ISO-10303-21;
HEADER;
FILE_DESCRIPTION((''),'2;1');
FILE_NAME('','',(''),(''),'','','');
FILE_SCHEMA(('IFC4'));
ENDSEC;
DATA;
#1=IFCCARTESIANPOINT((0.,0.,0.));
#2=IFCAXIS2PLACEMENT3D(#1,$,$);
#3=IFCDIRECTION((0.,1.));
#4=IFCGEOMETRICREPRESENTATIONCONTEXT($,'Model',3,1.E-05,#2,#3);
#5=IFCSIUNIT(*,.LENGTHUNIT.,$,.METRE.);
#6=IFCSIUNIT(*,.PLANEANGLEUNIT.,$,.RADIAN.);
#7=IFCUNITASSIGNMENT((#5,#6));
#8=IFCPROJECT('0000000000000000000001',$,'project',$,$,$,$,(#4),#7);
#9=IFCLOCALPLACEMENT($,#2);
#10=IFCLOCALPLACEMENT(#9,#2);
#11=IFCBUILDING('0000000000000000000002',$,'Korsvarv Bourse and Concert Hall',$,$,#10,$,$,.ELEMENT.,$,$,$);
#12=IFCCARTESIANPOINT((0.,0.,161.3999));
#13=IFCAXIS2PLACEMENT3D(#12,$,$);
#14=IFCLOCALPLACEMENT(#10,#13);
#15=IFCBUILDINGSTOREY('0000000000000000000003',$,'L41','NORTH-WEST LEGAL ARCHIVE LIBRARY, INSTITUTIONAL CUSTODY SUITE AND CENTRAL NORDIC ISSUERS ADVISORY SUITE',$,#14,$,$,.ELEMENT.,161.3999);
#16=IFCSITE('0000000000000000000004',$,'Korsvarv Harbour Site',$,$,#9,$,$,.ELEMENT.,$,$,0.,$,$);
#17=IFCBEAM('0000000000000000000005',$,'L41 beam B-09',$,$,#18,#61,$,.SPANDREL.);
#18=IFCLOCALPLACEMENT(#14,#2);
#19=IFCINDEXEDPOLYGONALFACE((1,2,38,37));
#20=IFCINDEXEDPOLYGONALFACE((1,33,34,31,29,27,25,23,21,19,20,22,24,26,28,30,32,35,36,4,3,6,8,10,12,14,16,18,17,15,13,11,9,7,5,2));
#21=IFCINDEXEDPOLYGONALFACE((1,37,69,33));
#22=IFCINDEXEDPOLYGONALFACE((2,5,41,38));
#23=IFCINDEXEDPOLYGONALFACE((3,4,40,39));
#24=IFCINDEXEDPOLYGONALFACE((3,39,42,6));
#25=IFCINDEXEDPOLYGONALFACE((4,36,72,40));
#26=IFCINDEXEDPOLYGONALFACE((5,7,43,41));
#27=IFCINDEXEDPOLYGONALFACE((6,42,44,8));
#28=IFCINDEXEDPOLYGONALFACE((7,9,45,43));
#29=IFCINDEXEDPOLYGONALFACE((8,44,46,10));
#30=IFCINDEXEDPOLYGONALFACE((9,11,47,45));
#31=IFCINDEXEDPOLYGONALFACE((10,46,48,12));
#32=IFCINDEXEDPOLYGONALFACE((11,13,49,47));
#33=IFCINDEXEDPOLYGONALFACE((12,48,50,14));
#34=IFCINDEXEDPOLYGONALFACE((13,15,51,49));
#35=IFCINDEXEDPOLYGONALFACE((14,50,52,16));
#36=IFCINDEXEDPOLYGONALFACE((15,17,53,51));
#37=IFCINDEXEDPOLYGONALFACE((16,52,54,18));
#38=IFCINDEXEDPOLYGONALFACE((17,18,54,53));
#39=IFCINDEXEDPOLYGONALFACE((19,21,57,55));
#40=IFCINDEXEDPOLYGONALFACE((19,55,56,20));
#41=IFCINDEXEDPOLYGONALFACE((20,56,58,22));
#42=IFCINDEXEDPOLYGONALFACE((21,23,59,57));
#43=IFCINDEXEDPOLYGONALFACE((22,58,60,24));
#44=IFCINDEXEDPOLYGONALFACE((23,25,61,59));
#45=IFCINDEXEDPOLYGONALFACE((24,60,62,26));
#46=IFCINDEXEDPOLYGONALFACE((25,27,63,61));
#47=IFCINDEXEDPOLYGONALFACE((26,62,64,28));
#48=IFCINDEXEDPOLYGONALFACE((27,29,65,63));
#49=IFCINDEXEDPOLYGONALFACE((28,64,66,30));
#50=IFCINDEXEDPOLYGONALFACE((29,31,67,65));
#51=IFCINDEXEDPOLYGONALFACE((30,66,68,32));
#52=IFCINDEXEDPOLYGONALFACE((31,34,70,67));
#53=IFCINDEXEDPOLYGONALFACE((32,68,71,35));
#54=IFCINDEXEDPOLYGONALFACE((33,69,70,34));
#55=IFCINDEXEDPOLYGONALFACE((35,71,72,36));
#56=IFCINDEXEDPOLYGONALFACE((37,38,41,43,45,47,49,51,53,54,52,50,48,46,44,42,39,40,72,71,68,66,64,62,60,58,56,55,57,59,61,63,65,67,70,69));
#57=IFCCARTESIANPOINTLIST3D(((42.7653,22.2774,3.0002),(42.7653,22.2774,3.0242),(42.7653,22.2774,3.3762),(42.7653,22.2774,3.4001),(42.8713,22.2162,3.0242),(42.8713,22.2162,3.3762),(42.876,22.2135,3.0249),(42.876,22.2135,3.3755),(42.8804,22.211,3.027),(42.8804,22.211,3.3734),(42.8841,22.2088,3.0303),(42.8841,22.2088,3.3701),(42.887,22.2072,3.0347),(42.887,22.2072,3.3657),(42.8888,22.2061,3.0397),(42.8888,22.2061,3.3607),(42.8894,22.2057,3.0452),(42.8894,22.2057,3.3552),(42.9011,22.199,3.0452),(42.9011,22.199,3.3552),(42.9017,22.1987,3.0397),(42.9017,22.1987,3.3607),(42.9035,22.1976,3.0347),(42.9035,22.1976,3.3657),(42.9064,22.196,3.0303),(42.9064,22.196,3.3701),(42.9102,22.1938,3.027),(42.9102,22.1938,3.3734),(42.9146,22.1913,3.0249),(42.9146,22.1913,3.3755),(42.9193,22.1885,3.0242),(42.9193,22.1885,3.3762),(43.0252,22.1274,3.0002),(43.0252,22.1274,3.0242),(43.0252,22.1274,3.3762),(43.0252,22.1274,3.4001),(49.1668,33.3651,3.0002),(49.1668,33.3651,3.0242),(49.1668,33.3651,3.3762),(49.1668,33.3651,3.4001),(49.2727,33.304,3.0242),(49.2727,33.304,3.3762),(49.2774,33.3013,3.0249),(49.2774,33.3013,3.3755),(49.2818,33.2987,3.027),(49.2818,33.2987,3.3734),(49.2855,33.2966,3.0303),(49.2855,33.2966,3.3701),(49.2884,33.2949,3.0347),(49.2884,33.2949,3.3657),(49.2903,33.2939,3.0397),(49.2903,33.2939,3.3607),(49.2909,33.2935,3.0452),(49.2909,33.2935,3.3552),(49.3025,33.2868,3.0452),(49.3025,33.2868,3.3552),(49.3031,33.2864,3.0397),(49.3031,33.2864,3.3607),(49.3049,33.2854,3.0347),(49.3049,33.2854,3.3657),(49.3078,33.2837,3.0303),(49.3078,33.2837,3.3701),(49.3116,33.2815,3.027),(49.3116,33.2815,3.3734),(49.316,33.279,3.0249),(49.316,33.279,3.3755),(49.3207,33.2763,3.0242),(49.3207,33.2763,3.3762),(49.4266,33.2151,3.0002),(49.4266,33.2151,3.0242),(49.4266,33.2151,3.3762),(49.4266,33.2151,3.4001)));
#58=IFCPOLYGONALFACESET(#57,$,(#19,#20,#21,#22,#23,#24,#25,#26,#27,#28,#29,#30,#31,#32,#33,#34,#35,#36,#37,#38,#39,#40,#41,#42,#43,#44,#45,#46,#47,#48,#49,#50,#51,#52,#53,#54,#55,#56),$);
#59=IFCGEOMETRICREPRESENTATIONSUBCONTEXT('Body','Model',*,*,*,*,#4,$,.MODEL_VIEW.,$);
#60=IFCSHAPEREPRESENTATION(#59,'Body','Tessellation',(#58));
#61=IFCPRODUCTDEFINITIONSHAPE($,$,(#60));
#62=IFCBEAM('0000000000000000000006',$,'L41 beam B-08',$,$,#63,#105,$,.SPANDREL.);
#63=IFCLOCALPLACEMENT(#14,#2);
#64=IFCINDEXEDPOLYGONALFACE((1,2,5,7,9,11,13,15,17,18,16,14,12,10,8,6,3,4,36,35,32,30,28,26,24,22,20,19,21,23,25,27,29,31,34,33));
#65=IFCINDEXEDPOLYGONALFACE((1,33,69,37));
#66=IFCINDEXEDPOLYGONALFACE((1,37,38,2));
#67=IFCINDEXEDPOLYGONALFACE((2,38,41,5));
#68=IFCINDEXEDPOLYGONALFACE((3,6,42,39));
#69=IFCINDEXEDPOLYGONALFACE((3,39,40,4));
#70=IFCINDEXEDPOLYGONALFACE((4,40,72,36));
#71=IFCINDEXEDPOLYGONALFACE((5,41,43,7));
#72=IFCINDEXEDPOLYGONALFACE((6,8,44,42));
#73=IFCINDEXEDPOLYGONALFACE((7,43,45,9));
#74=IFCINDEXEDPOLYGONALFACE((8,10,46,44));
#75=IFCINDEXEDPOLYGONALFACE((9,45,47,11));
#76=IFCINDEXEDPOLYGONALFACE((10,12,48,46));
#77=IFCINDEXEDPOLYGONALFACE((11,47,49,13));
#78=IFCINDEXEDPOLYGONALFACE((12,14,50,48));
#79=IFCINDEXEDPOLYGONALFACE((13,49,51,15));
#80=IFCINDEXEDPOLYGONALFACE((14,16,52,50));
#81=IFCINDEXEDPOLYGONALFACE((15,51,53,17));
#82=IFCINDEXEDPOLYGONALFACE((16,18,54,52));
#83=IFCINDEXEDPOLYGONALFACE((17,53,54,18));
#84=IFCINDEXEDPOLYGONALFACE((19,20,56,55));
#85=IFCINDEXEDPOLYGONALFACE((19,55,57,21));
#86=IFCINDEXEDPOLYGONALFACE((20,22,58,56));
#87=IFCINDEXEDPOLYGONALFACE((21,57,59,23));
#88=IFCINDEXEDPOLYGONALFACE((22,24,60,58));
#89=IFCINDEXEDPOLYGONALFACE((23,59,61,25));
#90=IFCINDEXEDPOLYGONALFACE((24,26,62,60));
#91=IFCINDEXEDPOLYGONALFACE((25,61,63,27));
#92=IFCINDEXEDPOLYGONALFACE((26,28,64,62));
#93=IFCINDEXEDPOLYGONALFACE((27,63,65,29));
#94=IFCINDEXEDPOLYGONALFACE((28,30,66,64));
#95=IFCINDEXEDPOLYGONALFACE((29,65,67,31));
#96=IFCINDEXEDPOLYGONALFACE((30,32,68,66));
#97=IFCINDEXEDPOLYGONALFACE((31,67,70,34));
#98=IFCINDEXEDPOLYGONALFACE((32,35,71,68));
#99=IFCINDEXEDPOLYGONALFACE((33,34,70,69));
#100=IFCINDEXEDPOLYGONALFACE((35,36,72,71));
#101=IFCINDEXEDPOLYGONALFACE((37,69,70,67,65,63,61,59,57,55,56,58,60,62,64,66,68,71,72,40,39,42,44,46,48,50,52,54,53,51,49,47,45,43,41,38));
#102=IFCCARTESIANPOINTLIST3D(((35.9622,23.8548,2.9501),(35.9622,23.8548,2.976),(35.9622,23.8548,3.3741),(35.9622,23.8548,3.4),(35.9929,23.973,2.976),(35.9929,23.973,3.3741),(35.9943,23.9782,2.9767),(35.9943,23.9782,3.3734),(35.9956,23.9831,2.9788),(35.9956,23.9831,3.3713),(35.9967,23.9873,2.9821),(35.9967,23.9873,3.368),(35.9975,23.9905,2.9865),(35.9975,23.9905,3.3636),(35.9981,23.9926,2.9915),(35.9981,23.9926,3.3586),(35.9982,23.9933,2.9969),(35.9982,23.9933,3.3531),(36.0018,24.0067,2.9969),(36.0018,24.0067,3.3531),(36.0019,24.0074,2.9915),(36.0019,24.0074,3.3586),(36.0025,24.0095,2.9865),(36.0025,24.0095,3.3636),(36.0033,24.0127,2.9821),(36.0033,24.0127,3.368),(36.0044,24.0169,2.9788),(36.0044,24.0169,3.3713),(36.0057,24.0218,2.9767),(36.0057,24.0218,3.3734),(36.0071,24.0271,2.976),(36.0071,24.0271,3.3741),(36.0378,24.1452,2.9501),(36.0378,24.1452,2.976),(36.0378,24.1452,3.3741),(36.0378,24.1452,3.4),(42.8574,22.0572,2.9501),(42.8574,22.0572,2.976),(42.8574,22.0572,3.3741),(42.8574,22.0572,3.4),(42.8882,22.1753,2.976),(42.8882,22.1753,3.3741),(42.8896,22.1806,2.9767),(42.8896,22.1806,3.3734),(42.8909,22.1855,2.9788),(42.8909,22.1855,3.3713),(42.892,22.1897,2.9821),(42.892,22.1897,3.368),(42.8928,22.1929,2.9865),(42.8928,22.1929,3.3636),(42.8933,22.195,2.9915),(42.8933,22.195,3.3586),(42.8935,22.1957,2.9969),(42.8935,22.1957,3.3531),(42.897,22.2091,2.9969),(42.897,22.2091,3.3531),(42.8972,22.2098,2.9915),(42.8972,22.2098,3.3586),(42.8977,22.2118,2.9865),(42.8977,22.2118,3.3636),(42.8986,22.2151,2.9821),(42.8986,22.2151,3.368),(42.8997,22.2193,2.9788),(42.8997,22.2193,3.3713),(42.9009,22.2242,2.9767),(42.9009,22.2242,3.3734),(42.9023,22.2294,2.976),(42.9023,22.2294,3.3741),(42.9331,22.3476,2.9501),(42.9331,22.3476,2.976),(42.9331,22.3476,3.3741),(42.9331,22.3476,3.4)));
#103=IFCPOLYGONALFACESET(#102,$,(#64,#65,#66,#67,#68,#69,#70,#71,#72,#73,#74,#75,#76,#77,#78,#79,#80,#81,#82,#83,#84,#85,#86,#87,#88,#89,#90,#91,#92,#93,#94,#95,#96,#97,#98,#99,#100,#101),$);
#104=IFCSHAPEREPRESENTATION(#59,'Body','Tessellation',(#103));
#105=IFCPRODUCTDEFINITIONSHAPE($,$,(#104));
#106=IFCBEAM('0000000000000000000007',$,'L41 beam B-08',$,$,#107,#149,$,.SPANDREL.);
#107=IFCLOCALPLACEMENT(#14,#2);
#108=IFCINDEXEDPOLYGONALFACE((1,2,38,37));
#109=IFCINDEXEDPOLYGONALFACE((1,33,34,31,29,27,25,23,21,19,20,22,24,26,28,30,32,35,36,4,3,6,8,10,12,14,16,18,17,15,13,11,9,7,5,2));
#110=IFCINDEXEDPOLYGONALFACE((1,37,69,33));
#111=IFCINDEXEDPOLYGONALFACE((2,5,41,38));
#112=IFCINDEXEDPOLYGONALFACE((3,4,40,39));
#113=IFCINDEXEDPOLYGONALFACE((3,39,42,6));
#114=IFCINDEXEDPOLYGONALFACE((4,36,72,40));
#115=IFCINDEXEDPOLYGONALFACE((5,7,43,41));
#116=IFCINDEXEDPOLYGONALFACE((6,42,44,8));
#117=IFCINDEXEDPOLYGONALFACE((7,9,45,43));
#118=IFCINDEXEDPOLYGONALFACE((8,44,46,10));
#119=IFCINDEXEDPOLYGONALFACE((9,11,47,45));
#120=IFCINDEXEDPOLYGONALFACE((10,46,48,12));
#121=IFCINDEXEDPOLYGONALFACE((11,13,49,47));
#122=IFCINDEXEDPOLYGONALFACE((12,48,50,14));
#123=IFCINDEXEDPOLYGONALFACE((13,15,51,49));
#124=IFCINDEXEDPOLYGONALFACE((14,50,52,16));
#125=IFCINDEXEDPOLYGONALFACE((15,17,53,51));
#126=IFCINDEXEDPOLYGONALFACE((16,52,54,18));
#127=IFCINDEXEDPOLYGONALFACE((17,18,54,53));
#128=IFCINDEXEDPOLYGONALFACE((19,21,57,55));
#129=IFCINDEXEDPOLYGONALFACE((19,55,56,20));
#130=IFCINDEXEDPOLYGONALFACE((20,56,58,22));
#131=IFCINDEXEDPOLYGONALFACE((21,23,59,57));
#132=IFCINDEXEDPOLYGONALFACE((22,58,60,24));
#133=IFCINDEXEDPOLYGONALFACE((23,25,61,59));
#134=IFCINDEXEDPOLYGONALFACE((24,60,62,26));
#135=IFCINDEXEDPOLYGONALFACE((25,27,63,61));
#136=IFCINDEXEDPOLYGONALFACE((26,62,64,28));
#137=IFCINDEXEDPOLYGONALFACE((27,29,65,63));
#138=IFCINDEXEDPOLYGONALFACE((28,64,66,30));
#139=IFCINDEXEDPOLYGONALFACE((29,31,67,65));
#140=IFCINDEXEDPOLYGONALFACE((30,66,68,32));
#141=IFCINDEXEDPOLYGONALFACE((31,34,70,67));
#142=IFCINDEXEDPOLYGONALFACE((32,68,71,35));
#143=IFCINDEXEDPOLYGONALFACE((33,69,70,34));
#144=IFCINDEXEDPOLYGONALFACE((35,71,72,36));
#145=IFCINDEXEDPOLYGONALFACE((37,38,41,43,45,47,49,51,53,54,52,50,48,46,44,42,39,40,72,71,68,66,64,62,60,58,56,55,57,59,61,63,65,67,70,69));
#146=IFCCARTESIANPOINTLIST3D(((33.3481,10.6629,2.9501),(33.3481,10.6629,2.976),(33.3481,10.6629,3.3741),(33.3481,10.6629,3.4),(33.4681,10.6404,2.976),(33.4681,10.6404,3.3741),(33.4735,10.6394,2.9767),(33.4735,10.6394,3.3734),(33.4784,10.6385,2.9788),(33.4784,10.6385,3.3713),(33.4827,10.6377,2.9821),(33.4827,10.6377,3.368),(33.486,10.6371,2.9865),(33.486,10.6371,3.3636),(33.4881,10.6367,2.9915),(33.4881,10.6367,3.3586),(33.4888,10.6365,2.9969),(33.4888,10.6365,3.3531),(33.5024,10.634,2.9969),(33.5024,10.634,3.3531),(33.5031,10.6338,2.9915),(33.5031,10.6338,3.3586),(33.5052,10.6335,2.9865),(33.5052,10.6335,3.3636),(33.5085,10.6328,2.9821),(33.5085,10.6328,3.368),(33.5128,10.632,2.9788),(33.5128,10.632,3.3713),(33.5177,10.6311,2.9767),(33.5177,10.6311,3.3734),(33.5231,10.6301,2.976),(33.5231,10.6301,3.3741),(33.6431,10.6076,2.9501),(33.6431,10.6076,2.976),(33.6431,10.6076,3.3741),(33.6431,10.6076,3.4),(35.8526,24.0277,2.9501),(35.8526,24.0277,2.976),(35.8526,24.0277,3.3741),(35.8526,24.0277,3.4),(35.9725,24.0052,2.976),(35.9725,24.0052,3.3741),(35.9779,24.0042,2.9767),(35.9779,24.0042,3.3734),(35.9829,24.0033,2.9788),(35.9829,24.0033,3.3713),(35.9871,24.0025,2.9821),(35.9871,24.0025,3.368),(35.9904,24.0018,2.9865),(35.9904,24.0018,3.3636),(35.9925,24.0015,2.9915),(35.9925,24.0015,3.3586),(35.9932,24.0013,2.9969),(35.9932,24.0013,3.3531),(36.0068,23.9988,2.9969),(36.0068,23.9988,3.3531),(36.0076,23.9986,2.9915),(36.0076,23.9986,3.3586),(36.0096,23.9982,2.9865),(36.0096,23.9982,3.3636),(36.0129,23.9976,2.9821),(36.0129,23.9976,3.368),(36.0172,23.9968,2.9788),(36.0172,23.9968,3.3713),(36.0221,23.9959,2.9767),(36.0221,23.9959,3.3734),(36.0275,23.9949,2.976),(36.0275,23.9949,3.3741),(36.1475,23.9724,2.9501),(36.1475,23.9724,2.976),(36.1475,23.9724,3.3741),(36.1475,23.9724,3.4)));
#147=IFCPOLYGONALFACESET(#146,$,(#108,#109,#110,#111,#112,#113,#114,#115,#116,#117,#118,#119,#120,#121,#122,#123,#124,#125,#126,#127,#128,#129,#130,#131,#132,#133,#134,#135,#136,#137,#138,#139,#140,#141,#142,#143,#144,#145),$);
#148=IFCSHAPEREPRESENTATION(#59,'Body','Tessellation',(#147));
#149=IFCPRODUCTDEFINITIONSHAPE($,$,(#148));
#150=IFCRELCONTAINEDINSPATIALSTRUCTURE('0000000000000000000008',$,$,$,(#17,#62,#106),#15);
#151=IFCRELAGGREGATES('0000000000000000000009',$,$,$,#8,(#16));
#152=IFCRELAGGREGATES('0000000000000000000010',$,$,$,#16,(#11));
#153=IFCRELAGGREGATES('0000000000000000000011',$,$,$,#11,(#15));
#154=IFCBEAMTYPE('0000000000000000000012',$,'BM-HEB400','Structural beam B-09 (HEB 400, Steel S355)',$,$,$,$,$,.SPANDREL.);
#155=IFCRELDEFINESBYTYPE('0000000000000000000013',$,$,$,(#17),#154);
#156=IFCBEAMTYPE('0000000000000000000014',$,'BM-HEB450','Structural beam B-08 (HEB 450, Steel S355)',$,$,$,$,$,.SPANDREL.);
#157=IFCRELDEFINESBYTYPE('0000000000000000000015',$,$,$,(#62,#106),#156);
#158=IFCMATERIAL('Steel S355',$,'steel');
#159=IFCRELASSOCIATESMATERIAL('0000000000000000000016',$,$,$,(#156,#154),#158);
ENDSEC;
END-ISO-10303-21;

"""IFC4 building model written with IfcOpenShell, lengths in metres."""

from ifc_helpers import new_model, si_unit, direction, frame, origin, origin_2d, place, context, subcontext, project, spatial, i_section, extrude, source, transform, mapped, material, material_profile, profile_set, type_object, element, save


model = new_model("IFC4")

# Units and contexts
model_context = context("Model", 3, precision=1e-05, world=origin(), true_north=direction((0.0, 1.0)))
body_context = subcontext(model_context, "Body", "Model", "MODEL_VIEW")
ifc_project = project(units=[si_unit("LENGTHUNIT", "METRE"), si_unit("PLANEANGLEUNIT", "RADIAN")], contexts=[model_context])

# Site, building, storey
site_placement = place(None, origin())
site = spatial("IfcSite", under=ifc_project, at=site_placement, Name="Korsvarv Harbour Site", CompositionType="ELEMENT", RefElevation=0.0)
building_placement = place(site_placement, origin())
building = spatial("IfcBuilding", under=site, at=building_placement, Name="Korsvarv Bourse and Concert Hall", CompositionType="ELEMENT")
storey_placement = place(building_placement, frame((0.0, 0.0, 161.3999)))
storey = spatial("IfcBuildingStorey", under=building, at=storey_placement, Name="L41", Description="NORTH-WEST LEGAL ARCHIVE LIBRARY, INSTITUTIONAL CUSTODY SUITE AND CENTRAL NORDIC ISSUERS ADVISORY SUITE", CompositionType="ELEMENT", Elevation=161.3999)

# Shared definitions
ifc_material_1 = material(Name="Steel S355", Category="steel")

# Beams
ifc_material_profile_1 = material_profile(ifc_material_1, i_section(OverallWidth=0.3, OverallDepth=0.45, WebThickness=0.0139, FlangeThickness=0.0259, FilletRadius=0.021, at=origin_2d()), Name="HEB 450")
ifc_profile_set_1 = profile_set([ifc_material_profile_1], Name="Steel S355")
beam_type_1 = type_object("IfcBeamType", Name="BM-HEB450", Description="Structural beam B-08 (HEB 450, Steel S355)", PredefinedType="SPANDREL", material=ifc_profile_set_1)
ifc_material_profile_2 = material_profile(ifc_material_1, i_section(OverallWidth=0.3, OverallDepth=0.3999, WebThickness=0.0134, FlangeThickness=0.0239, FilletRadius=0.021, at=origin_2d()), Name="HEB 400")
ifc_profile_set_2 = profile_set([ifc_material_profile_2], Name="Steel S355")
beam_type_2 = type_object("IfcBeamType", Name="BM-HEB400", Description="Structural beam B-09 (HEB 400, Steel S355)", PredefinedType="SPANDREL", material=ifc_profile_set_2)
shared_shape_1 = source(origin(), body_context, "Body", "SweptSolid", [
    extrude(i_section(OverallWidth=0.3, OverallDepth=0.3999, WebThickness=0.0134, FlangeThickness=0.0239, FilletRadius=0.021, at=origin_2d()), origin(), (0.0, 0.0, 1.0), 12.803),
])
beam_1_placement = place(storey_placement, frame((42.8953, 22.2024, 3.2002), z_axis=(0.499995, 0.866028, 0.0), x_axis=(-0.866028, 0.499995, 0.0)))
element("IfcBeam", 1, at=beam_1_placement, inside=storey, type_object=beam_type_2, Name="L41 beam B-09", PredefinedType="SPANDREL", context=body_context, shape_type="MappedRepresentation", body=[
    mapped(shared_shape_1, transform((0.0, 0.0, 0.0), scale=1.0)),
])
shared_shape_2 = source(origin(), body_context, "Body", "SweptSolid", [
    extrude(i_section(OverallWidth=0.3, OverallDepth=0.45, WebThickness=0.0139, FlangeThickness=0.0259, FilletRadius=0.021, at=origin_2d()), origin(), (0.0, 0.0, 1.0), 7.1257),
])
beam_2_placement = place(storey_placement, frame((42.8953, 22.2024, 3.175), z_axis=(-0.967657, 0.25227, 0.0), x_axis=(-0.25227, -0.967657, 0.0)))
element("IfcBeam", 2, at=beam_2_placement, inside=storey, type_object=beam_type_1, Name="L41 beam B-08", PredefinedType="SPANDREL", context=body_context, shape_type="MappedRepresentation", body=[
    mapped(shared_shape_2, transform((0.0, 0.0, 0.0), scale=1.0)),
])
shared_shape_3 = source(origin(), body_context, "Body", "SweptSolid", [
    extrude(i_section(OverallWidth=0.3, OverallDepth=0.45, WebThickness=0.0139, FlangeThickness=0.0259, FilletRadius=0.021, at=origin_2d()), origin(), (0.0, 0.0, 1.0), 13.5974),
])
beam_3_placement = place(storey_placement, frame((33.4956, 10.6353, 3.175), z_axis=(0.184182, 0.982892, 0.0), x_axis=(-0.982892, 0.184182, 0.0)))
element("IfcBeam", 3, at=beam_3_placement, inside=storey, type_object=beam_type_1, Name="L41 beam B-08", PredefinedType="SPANDREL", context=body_context, shape_type="MappedRepresentation", body=[
    mapped(shared_shape_3, transform((0.0, 0.0, 0.0), scale=1.0)),
])

save(model, "model.ifc")
